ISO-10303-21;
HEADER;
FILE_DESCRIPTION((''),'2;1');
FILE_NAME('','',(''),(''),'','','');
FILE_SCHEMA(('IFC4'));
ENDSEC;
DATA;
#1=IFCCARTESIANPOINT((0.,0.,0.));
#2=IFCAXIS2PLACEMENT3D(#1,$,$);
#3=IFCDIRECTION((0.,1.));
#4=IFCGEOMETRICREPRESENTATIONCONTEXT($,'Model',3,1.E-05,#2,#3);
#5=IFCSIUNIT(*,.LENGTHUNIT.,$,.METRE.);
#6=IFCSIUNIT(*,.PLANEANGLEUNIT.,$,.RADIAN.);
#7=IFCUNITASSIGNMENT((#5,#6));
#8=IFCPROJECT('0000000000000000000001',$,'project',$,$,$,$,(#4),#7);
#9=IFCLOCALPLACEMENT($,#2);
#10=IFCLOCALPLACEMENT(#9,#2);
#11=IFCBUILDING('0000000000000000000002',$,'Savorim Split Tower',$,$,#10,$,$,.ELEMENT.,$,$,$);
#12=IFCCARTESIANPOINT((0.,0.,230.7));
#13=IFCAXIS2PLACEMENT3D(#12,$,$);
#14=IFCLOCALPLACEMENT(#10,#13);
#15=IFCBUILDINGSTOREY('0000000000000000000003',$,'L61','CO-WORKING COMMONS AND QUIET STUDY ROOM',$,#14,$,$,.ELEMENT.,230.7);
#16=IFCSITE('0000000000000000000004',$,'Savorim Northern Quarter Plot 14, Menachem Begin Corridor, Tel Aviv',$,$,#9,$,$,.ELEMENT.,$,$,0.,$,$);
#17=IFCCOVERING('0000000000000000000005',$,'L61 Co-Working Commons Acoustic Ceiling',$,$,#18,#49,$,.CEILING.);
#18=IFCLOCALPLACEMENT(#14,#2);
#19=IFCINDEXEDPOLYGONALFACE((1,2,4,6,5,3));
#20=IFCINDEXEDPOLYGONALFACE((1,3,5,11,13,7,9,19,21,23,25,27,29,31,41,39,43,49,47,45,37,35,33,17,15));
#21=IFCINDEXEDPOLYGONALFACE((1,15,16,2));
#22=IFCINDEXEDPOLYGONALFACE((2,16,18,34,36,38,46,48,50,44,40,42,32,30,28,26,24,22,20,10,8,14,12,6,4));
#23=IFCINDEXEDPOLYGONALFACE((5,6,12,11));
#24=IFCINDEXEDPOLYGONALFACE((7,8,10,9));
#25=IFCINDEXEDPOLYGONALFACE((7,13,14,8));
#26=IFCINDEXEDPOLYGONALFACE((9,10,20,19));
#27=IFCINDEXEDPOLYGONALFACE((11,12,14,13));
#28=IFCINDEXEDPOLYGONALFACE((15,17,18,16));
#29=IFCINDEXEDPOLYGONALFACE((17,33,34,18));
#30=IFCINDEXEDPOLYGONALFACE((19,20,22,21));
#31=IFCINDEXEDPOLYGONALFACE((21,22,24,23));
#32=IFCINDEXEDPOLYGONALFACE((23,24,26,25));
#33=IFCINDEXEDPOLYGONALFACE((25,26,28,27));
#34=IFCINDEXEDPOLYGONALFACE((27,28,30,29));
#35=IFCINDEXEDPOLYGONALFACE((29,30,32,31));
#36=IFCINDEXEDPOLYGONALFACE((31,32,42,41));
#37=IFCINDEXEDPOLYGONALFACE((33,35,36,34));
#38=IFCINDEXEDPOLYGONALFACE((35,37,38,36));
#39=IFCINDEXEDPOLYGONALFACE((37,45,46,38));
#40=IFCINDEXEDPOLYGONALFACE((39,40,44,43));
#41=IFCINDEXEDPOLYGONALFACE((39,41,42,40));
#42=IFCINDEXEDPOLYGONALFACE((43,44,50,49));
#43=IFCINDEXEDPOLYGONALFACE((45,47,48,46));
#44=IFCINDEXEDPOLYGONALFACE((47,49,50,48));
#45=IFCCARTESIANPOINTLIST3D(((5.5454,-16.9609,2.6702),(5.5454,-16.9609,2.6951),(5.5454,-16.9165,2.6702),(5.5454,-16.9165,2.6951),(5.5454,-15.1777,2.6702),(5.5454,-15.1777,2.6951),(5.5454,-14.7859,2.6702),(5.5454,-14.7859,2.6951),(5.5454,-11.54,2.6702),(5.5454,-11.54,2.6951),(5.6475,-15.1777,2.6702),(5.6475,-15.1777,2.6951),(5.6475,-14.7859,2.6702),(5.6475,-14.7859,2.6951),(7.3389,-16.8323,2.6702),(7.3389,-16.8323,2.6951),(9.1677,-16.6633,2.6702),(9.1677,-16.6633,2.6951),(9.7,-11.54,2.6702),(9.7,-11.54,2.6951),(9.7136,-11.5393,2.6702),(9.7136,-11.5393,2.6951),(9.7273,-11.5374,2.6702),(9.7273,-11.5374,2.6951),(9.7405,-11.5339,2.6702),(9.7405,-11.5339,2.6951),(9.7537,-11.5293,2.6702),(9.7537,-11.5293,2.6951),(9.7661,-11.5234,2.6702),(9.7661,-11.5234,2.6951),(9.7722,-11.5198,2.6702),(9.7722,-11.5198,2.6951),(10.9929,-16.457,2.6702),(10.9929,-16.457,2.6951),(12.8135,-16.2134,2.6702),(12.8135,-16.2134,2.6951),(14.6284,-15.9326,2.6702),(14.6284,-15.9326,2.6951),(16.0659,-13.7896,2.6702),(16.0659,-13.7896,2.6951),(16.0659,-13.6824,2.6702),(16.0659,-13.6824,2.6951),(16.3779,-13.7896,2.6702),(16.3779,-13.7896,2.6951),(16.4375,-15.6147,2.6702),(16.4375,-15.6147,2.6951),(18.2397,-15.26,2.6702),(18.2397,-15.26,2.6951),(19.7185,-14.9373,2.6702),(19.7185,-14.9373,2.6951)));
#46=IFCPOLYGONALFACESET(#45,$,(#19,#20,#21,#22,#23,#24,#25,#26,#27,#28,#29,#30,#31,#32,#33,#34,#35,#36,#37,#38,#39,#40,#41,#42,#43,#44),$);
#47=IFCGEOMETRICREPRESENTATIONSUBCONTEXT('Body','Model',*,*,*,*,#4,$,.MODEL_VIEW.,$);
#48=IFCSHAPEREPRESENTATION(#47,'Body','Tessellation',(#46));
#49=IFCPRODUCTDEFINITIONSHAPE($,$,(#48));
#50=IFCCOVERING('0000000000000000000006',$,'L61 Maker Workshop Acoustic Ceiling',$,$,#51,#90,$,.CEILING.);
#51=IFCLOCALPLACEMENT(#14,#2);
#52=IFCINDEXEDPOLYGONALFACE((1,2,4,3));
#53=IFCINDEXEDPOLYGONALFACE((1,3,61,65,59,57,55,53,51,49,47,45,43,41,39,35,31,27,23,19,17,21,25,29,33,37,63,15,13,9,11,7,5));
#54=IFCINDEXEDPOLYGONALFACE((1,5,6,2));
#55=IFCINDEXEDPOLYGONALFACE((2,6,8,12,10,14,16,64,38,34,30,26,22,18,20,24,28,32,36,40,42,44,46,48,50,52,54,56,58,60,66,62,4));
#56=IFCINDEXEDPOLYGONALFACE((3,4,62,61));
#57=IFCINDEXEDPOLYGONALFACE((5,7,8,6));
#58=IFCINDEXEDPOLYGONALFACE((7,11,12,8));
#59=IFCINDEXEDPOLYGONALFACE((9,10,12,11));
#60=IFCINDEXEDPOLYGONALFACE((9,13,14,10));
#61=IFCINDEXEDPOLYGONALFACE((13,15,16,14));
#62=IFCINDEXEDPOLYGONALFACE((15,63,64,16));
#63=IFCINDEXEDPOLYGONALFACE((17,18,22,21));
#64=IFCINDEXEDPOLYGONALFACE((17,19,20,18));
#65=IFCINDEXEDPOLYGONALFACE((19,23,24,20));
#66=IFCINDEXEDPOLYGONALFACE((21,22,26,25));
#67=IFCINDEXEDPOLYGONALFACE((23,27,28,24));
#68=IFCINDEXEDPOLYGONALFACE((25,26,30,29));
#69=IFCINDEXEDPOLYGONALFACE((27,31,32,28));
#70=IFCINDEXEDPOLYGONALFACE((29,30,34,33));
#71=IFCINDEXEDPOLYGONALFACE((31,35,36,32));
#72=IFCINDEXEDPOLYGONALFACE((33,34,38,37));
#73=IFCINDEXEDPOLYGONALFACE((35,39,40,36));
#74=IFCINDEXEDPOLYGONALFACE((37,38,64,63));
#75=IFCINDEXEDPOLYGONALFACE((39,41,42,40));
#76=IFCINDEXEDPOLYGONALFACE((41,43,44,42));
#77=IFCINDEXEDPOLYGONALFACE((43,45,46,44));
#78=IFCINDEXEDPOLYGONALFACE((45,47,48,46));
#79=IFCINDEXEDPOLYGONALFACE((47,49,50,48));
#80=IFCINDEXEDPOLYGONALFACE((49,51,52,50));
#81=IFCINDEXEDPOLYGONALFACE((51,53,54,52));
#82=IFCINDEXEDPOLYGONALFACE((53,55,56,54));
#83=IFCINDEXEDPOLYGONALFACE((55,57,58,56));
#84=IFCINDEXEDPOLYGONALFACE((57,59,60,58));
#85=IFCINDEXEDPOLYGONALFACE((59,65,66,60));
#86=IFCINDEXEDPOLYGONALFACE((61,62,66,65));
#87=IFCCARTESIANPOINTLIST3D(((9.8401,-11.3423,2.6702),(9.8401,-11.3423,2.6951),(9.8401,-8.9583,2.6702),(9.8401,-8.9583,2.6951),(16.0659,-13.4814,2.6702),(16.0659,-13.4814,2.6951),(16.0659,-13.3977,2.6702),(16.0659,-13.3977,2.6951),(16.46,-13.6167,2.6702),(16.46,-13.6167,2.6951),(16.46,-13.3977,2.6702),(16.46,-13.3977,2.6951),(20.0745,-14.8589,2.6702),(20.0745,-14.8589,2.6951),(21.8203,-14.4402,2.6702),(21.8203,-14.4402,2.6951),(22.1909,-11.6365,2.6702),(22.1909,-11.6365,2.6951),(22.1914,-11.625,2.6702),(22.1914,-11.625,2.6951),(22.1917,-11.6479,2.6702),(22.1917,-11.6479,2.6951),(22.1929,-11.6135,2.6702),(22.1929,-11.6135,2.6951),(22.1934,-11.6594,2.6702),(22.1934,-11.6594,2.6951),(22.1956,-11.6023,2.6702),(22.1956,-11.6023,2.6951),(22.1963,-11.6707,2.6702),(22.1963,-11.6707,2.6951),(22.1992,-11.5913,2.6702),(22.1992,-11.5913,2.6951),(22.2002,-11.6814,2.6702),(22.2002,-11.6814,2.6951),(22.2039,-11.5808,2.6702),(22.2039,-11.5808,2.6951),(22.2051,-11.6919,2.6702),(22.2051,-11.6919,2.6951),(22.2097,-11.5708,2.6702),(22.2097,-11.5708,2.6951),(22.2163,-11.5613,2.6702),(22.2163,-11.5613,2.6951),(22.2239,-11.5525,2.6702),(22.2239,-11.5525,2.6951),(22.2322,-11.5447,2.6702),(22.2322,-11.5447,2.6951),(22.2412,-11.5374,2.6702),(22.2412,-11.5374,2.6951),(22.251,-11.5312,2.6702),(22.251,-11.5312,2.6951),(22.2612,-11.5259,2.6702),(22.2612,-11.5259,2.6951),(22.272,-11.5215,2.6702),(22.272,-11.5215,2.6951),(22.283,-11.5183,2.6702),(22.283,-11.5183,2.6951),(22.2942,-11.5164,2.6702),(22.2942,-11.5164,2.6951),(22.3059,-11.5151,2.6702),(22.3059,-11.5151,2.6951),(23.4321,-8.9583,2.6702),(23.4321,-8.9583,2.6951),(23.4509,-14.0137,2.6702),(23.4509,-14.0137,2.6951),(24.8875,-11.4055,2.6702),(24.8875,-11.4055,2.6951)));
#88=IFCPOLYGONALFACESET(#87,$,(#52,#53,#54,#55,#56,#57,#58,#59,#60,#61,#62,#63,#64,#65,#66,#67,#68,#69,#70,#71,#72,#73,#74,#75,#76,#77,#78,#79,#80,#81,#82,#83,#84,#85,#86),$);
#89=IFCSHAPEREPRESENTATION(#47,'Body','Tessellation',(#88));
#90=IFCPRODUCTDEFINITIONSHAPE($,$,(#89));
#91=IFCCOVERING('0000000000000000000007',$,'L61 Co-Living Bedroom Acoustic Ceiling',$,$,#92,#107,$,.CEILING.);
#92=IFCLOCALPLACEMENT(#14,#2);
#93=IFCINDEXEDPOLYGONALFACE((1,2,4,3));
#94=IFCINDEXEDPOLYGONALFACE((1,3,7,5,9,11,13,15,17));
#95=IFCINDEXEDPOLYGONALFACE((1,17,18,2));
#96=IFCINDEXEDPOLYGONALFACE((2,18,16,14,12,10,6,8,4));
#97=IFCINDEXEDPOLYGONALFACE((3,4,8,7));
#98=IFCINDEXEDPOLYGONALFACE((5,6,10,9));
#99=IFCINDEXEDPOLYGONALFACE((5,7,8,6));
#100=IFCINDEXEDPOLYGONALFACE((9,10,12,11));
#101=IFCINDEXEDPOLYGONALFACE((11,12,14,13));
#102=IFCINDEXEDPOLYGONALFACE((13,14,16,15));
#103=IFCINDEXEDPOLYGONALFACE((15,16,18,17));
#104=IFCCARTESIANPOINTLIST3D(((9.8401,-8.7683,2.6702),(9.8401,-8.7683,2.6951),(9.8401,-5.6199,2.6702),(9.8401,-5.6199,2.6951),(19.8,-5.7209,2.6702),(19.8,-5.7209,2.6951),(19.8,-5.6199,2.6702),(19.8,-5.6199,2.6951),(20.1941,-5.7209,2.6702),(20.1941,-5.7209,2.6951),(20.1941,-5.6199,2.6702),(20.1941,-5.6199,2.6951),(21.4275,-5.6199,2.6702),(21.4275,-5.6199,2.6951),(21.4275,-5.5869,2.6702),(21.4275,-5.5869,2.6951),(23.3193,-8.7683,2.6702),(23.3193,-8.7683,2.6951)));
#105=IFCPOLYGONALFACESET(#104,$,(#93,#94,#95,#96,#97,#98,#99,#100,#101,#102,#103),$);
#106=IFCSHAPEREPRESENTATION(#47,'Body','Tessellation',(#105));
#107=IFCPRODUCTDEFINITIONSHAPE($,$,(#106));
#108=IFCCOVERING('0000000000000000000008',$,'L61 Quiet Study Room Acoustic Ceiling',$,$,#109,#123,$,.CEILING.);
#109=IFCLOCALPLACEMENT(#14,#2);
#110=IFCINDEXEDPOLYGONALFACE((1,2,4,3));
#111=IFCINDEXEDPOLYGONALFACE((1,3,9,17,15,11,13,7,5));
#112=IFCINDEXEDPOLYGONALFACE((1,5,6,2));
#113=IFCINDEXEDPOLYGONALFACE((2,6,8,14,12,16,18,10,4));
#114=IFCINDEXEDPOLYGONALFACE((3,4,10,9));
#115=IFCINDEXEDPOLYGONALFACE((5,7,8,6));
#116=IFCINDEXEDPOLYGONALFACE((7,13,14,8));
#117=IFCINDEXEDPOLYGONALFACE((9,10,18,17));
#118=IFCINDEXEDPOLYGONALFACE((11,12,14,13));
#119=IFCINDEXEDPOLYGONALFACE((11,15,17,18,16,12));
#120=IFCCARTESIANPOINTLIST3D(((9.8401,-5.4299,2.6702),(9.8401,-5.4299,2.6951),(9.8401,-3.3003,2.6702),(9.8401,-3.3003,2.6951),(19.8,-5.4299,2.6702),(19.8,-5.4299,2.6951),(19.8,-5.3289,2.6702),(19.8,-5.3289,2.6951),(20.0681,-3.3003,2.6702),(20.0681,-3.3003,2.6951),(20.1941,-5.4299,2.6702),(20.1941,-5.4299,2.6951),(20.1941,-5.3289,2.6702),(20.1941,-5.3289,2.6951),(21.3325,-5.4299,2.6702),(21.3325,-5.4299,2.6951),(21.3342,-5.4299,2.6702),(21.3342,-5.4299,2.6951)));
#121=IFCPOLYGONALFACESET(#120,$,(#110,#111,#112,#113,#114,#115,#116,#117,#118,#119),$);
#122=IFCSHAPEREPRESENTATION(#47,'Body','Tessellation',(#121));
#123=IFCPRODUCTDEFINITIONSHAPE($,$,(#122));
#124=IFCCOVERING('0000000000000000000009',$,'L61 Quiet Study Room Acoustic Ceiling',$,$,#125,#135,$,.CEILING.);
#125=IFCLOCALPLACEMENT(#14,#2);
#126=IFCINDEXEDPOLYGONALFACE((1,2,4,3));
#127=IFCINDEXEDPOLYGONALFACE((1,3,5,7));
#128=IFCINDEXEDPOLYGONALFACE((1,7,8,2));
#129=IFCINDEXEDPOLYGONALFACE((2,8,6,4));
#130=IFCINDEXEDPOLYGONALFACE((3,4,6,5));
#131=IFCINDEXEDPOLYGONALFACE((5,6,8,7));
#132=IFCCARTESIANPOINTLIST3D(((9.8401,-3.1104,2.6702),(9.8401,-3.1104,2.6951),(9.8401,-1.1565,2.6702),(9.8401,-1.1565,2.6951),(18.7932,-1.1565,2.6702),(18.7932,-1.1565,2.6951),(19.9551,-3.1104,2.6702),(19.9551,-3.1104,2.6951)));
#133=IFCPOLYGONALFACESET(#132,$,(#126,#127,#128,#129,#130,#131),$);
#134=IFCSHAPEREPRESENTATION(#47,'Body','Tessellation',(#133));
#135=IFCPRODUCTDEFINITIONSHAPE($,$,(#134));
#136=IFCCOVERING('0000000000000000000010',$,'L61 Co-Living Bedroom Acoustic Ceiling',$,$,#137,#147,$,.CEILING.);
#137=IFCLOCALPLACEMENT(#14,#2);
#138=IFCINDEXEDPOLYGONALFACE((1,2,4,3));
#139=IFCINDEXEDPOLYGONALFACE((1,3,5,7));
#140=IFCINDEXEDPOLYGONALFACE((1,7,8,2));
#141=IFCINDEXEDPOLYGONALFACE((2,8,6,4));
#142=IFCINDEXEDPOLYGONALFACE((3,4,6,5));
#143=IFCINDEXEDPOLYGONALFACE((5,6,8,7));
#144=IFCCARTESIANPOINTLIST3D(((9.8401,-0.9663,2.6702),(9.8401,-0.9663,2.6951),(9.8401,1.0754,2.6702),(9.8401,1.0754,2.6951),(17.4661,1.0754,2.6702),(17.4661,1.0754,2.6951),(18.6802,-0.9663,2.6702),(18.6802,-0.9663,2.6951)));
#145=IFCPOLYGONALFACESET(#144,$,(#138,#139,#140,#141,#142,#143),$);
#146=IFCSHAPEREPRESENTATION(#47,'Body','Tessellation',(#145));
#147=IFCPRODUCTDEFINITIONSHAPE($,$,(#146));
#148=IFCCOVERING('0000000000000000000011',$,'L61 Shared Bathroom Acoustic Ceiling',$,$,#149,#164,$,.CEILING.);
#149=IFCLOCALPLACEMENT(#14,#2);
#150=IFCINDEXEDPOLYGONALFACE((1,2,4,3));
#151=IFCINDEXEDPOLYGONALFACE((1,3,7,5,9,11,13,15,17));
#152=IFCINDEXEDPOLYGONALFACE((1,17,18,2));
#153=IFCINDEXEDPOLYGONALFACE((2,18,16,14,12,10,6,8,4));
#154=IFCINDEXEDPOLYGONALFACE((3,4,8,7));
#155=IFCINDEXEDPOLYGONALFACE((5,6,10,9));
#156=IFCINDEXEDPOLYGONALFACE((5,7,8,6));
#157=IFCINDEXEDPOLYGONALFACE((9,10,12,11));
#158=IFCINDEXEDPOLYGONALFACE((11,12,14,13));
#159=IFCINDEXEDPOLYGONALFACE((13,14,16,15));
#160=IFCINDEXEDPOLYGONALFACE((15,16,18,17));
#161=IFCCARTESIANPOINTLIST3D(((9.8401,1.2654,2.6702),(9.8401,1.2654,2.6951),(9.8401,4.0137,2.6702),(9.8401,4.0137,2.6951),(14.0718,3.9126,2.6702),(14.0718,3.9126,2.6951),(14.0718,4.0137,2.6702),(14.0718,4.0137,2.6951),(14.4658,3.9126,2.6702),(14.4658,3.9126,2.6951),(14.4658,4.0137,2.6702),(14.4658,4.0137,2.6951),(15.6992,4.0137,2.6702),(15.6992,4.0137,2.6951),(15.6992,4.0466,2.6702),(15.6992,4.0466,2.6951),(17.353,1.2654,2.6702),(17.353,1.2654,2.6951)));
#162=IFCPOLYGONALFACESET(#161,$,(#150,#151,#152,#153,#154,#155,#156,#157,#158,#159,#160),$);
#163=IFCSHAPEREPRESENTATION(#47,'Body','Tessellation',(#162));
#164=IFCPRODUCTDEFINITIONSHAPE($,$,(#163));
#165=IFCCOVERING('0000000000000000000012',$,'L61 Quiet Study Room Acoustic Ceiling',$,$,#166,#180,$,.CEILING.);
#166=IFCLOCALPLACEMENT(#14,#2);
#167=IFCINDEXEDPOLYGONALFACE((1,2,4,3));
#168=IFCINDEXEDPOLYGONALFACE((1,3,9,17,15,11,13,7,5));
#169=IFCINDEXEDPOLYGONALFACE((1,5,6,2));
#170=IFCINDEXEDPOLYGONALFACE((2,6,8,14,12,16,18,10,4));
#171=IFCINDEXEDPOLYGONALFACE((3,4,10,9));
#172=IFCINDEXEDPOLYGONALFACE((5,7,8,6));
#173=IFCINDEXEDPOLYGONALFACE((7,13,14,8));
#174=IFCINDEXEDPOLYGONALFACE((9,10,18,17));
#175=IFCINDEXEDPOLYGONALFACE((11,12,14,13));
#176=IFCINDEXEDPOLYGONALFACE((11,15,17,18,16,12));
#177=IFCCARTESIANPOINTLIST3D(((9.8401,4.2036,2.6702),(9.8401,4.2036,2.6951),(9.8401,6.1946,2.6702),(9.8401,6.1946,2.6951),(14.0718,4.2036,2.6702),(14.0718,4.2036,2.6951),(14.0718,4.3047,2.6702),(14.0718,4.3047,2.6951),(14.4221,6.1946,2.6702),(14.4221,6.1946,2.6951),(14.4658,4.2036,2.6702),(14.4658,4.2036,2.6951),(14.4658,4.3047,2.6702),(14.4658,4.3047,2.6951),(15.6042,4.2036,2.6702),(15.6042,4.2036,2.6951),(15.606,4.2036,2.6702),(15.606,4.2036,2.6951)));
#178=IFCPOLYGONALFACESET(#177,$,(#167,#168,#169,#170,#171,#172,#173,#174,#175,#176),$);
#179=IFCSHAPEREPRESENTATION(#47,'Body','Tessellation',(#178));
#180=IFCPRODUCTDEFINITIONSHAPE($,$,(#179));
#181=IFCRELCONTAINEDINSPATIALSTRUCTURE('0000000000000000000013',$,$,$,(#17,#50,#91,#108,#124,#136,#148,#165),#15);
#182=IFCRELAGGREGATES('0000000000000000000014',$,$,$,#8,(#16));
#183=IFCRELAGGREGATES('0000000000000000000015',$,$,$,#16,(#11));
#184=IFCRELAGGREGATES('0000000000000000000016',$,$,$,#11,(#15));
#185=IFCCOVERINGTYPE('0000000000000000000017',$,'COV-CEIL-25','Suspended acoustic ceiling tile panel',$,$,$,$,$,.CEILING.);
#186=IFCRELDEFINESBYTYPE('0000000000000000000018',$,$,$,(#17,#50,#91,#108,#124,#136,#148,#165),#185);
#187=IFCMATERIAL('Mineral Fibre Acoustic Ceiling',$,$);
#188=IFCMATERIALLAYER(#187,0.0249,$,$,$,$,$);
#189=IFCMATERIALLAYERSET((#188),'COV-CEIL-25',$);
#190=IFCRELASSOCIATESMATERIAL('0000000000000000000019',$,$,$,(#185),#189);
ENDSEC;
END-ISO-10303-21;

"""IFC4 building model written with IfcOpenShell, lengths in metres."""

from ifc_helpers import new_model, si_unit, direction, frame, origin, place, context, subcontext, project, spatial, polyline, outline, extrude, material, layer, layer_set, type_object, element, save


model = new_model("IFC4")

# Units and contexts
model_context = context("Model", 3, precision=1e-05, world=origin(), true_north=direction((0.0, 1.0)))
body_context = subcontext(model_context, "Body", "Model", "MODEL_VIEW")
ifc_project = project(units=[si_unit("LENGTHUNIT", "METRE"), si_unit("PLANEANGLEUNIT", "RADIAN")], contexts=[model_context])

# Site, building, storey
site_placement = place(None, origin())
site = spatial("IfcSite", under=ifc_project, at=site_placement, Name="Savorim Northern Quarter Plot 14, Menachem Begin Corridor, Tel Aviv", CompositionType="ELEMENT", RefElevation=0.0)
building_placement = place(site_placement, origin())
building = spatial("IfcBuilding", under=site, at=building_placement, Name="Savorim Split Tower", CompositionType="ELEMENT")
storey_placement = place(building_placement, frame((0.0, 0.0, 230.7)))
storey = spatial("IfcBuildingStorey", under=building, at=storey_placement, Name="L61", Description="CO-WORKING COMMONS AND QUIET STUDY ROOM", CompositionType="ELEMENT", Elevation=230.7)

# Coverings
ifc_material_1 = material(Name="Mineral Fibre Acoustic Ceiling")
ifc_layer_1 = layer(ifc_material_1, 0.0249)
ifc_layer_set_1 = layer_set([ifc_layer_1], Name="COV-CEIL-25")
covering_type_1 = type_object("IfcCoveringType", Name="COV-CEIL-25", Description="Suspended acoustic ceiling tile panel", PredefinedType="CEILING", material=ifc_layer_set_1)
covering_1_placement = place(storey_placement, frame((0.0, 0.0, 2.6702)))
element("IfcCovering", 1, at=covering_1_placement, inside=storey, type_object=covering_type_1, Name="L61 Co-Working Commons Acoustic Ceiling", PredefinedType="CEILING", context=body_context, shape_type="SweptSolid", body=[
    extrude(outline(polyline([(14.6284, -15.9326), (16.4375, -15.6147), (18.2397, -15.26), (19.7185, -14.9373), (16.3779, -13.7896), (16.0659, -13.7896), (16.0659, -13.6824), (9.7722, -11.5198), (9.7661, -11.5234), (9.7537, -11.5293), (9.7405, -11.5339), (9.7273, -11.5374), (9.7136, -11.5393), (9.7, -11.54), (5.5454, -11.54), (5.5454, -14.7859), (5.6475, -14.7859), (5.6475, -15.1777), (5.5454, -15.1777), (5.5454, -16.9165), (5.5454, -16.9609), (7.3389, -16.8323), (9.1677, -16.6633), (10.9929, -16.457), (12.8135, -16.2134), (14.6284, -15.9326)])), origin(), (0.0, 0.0, 1.0), 0.0249),
])
covering_2_placement = place(storey_placement, frame((0.0, 0.0, 2.6702)))
element("IfcCovering", 2, at=covering_2_placement, inside=storey, type_object=covering_type_1, Name="L61 Maker Workshop Acoustic Ceiling", PredefinedType="CEILING", context=body_context, shape_type="SweptSolid", body=[
    extrude(outline(polyline([(22.283, -11.5183), (22.2942, -11.5164), (22.3059, -11.5151), (24.8875, -11.4055), (23.4321, -8.9583), (9.8401, -8.9583), (9.8401, -11.3423), (16.0659, -13.4814), (16.0659, -13.3977), (16.46, -13.3977), (16.46, -13.6167), (20.0745, -14.8589), (21.8203, -14.4402), (23.4509, -14.0137), (22.2051, -11.6919), (22.2002, -11.6814), (22.1963, -11.6707), (22.1934, -11.6594), (22.1917, -11.6479), (22.1909, -11.6365), (22.1914, -11.625), (22.1929, -11.6135), (22.1956, -11.6023), (22.1992, -11.5913), (22.2039, -11.5808), (22.2097, -11.5708), (22.2163, -11.5613), (22.2239, -11.5525), (22.2322, -11.5447), (22.2412, -11.5374), (22.251, -11.5312), (22.2612, -11.5259), (22.272, -11.5215), (22.283, -11.5183)])), origin(), (0.0, 0.0, 1.0), 0.0249),
])
covering_3_placement = place(storey_placement, frame((0.0, 0.0, 2.6702)))
element("IfcCovering", 3, at=covering_3_placement, inside=storey, type_object=covering_type_1, Name="L61 Co-Living Bedroom Acoustic Ceiling", PredefinedType="CEILING", context=body_context, shape_type="SweptSolid", body=[
    extrude(outline(polyline([(19.8, -5.7209), (19.8, -5.6199), (9.8401, -5.6199), (9.8401, -8.7683), (23.3193, -8.7683), (21.4275, -5.5869), (21.4275, -5.6199), (20.1941, -5.6199), (20.1941, -5.7209), (19.8, -5.7209)])), origin(), (0.0, 0.0, 1.0), 0.0249),
])
covering_4_placement = place(storey_placement, frame((0.0, 0.0, 2.6702)))
element("IfcCovering", 4, at=covering_4_placement, inside=storey, type_object=covering_type_1, Name="L61 Quiet Study Room Acoustic Ceiling", PredefinedType="CEILING", context=body_context, shape_type="SweptSolid", body=[
    extrude(outline(polyline([(20.1941, -5.3289), (20.1941, -5.4299), (21.3325, -5.4299), (21.3342, -5.4299), (20.0681, -3.3003), (9.8401, -3.3003), (9.8401, -5.4299), (19.8, -5.4299), (19.8, -5.3289), (20.1941, -5.3289)])), origin(), (0.0, 0.0, 1.0), 0.0249),
])
covering_5_placement = place(storey_placement, frame((0.0, 0.0, 2.6702)))
element("IfcCovering", 5, at=covering_5_placement, inside=storey, type_object=covering_type_1, Name="L61 Quiet Study Room Acoustic Ceiling", PredefinedType="CEILING", context=body_context, shape_type="SweptSolid", body=[
    extrude(outline(polyline([(19.9551, -3.1104), (18.7932, -1.1565), (9.8401, -1.1565), (9.8401, -3.1104), (19.9551, -3.1104)])), origin(), (0.0, 0.0, 1.0), 0.0249),
])
covering_6_placement = place(storey_placement, frame((0.0, 0.0, 2.6702)))
element("IfcCovering", 6, at=covering_6_placement, inside=storey, type_object=covering_type_1, Name="L61 Co-Living Bedroom Acoustic Ceiling", PredefinedType="CEILING", context=body_context, shape_type="SweptSolid", body=[
    extrude(outline(polyline([(18.6802, -0.9663), (17.4661, 1.0754), (9.8401, 1.0754), (9.8401, -0.9663), (18.6802, -0.9663)])), origin(), (0.0, 0.0, 1.0), 0.0249),
])
covering_7_placement = place(storey_placement, frame((0.0, 0.0, 2.6702)))
element("IfcCovering", 7, at=covering_7_placement, inside=storey, type_object=covering_type_1, Name="L61 Shared Bathroom Acoustic Ceiling", PredefinedType="CEILING", context=body_context, shape_type="SweptSolid", body=[
    extrude(outline(polyline([(14.0718, 3.9126), (14.0718, 4.0137), (9.8401, 4.0137), (9.8401, 1.2654), (17.353, 1.2654), (15.6992, 4.0466), (15.6992, 4.0137), (14.4658, 4.0137), (14.4658, 3.9126), (14.0718, 3.9126)])), origin(), (0.0, 0.0, 1.0), 0.0249),
])
covering_8_placement = place(storey_placement, frame((0.0, 0.0, 2.6702)))
element("IfcCovering", 8, at=covering_8_placement, inside=storey, type_object=covering_type_1, Name="L61 Quiet Study Room Acoustic Ceiling", PredefinedType="CEILING", context=body_context, shape_type="SweptSolid", body=[
    extrude(outline(polyline([(14.4658, 4.2036), (15.6042, 4.2036), (15.606, 4.2036), (14.4221, 6.1946), (9.8401, 6.1946), (9.8401, 4.2036), (14.0718, 4.2036), (14.0718, 4.3047), (14.4658, 4.3047), (14.4658, 4.2036)])), origin(), (0.0, 0.0, 1.0), 0.0249),
])

save(model, "model.ifc")
